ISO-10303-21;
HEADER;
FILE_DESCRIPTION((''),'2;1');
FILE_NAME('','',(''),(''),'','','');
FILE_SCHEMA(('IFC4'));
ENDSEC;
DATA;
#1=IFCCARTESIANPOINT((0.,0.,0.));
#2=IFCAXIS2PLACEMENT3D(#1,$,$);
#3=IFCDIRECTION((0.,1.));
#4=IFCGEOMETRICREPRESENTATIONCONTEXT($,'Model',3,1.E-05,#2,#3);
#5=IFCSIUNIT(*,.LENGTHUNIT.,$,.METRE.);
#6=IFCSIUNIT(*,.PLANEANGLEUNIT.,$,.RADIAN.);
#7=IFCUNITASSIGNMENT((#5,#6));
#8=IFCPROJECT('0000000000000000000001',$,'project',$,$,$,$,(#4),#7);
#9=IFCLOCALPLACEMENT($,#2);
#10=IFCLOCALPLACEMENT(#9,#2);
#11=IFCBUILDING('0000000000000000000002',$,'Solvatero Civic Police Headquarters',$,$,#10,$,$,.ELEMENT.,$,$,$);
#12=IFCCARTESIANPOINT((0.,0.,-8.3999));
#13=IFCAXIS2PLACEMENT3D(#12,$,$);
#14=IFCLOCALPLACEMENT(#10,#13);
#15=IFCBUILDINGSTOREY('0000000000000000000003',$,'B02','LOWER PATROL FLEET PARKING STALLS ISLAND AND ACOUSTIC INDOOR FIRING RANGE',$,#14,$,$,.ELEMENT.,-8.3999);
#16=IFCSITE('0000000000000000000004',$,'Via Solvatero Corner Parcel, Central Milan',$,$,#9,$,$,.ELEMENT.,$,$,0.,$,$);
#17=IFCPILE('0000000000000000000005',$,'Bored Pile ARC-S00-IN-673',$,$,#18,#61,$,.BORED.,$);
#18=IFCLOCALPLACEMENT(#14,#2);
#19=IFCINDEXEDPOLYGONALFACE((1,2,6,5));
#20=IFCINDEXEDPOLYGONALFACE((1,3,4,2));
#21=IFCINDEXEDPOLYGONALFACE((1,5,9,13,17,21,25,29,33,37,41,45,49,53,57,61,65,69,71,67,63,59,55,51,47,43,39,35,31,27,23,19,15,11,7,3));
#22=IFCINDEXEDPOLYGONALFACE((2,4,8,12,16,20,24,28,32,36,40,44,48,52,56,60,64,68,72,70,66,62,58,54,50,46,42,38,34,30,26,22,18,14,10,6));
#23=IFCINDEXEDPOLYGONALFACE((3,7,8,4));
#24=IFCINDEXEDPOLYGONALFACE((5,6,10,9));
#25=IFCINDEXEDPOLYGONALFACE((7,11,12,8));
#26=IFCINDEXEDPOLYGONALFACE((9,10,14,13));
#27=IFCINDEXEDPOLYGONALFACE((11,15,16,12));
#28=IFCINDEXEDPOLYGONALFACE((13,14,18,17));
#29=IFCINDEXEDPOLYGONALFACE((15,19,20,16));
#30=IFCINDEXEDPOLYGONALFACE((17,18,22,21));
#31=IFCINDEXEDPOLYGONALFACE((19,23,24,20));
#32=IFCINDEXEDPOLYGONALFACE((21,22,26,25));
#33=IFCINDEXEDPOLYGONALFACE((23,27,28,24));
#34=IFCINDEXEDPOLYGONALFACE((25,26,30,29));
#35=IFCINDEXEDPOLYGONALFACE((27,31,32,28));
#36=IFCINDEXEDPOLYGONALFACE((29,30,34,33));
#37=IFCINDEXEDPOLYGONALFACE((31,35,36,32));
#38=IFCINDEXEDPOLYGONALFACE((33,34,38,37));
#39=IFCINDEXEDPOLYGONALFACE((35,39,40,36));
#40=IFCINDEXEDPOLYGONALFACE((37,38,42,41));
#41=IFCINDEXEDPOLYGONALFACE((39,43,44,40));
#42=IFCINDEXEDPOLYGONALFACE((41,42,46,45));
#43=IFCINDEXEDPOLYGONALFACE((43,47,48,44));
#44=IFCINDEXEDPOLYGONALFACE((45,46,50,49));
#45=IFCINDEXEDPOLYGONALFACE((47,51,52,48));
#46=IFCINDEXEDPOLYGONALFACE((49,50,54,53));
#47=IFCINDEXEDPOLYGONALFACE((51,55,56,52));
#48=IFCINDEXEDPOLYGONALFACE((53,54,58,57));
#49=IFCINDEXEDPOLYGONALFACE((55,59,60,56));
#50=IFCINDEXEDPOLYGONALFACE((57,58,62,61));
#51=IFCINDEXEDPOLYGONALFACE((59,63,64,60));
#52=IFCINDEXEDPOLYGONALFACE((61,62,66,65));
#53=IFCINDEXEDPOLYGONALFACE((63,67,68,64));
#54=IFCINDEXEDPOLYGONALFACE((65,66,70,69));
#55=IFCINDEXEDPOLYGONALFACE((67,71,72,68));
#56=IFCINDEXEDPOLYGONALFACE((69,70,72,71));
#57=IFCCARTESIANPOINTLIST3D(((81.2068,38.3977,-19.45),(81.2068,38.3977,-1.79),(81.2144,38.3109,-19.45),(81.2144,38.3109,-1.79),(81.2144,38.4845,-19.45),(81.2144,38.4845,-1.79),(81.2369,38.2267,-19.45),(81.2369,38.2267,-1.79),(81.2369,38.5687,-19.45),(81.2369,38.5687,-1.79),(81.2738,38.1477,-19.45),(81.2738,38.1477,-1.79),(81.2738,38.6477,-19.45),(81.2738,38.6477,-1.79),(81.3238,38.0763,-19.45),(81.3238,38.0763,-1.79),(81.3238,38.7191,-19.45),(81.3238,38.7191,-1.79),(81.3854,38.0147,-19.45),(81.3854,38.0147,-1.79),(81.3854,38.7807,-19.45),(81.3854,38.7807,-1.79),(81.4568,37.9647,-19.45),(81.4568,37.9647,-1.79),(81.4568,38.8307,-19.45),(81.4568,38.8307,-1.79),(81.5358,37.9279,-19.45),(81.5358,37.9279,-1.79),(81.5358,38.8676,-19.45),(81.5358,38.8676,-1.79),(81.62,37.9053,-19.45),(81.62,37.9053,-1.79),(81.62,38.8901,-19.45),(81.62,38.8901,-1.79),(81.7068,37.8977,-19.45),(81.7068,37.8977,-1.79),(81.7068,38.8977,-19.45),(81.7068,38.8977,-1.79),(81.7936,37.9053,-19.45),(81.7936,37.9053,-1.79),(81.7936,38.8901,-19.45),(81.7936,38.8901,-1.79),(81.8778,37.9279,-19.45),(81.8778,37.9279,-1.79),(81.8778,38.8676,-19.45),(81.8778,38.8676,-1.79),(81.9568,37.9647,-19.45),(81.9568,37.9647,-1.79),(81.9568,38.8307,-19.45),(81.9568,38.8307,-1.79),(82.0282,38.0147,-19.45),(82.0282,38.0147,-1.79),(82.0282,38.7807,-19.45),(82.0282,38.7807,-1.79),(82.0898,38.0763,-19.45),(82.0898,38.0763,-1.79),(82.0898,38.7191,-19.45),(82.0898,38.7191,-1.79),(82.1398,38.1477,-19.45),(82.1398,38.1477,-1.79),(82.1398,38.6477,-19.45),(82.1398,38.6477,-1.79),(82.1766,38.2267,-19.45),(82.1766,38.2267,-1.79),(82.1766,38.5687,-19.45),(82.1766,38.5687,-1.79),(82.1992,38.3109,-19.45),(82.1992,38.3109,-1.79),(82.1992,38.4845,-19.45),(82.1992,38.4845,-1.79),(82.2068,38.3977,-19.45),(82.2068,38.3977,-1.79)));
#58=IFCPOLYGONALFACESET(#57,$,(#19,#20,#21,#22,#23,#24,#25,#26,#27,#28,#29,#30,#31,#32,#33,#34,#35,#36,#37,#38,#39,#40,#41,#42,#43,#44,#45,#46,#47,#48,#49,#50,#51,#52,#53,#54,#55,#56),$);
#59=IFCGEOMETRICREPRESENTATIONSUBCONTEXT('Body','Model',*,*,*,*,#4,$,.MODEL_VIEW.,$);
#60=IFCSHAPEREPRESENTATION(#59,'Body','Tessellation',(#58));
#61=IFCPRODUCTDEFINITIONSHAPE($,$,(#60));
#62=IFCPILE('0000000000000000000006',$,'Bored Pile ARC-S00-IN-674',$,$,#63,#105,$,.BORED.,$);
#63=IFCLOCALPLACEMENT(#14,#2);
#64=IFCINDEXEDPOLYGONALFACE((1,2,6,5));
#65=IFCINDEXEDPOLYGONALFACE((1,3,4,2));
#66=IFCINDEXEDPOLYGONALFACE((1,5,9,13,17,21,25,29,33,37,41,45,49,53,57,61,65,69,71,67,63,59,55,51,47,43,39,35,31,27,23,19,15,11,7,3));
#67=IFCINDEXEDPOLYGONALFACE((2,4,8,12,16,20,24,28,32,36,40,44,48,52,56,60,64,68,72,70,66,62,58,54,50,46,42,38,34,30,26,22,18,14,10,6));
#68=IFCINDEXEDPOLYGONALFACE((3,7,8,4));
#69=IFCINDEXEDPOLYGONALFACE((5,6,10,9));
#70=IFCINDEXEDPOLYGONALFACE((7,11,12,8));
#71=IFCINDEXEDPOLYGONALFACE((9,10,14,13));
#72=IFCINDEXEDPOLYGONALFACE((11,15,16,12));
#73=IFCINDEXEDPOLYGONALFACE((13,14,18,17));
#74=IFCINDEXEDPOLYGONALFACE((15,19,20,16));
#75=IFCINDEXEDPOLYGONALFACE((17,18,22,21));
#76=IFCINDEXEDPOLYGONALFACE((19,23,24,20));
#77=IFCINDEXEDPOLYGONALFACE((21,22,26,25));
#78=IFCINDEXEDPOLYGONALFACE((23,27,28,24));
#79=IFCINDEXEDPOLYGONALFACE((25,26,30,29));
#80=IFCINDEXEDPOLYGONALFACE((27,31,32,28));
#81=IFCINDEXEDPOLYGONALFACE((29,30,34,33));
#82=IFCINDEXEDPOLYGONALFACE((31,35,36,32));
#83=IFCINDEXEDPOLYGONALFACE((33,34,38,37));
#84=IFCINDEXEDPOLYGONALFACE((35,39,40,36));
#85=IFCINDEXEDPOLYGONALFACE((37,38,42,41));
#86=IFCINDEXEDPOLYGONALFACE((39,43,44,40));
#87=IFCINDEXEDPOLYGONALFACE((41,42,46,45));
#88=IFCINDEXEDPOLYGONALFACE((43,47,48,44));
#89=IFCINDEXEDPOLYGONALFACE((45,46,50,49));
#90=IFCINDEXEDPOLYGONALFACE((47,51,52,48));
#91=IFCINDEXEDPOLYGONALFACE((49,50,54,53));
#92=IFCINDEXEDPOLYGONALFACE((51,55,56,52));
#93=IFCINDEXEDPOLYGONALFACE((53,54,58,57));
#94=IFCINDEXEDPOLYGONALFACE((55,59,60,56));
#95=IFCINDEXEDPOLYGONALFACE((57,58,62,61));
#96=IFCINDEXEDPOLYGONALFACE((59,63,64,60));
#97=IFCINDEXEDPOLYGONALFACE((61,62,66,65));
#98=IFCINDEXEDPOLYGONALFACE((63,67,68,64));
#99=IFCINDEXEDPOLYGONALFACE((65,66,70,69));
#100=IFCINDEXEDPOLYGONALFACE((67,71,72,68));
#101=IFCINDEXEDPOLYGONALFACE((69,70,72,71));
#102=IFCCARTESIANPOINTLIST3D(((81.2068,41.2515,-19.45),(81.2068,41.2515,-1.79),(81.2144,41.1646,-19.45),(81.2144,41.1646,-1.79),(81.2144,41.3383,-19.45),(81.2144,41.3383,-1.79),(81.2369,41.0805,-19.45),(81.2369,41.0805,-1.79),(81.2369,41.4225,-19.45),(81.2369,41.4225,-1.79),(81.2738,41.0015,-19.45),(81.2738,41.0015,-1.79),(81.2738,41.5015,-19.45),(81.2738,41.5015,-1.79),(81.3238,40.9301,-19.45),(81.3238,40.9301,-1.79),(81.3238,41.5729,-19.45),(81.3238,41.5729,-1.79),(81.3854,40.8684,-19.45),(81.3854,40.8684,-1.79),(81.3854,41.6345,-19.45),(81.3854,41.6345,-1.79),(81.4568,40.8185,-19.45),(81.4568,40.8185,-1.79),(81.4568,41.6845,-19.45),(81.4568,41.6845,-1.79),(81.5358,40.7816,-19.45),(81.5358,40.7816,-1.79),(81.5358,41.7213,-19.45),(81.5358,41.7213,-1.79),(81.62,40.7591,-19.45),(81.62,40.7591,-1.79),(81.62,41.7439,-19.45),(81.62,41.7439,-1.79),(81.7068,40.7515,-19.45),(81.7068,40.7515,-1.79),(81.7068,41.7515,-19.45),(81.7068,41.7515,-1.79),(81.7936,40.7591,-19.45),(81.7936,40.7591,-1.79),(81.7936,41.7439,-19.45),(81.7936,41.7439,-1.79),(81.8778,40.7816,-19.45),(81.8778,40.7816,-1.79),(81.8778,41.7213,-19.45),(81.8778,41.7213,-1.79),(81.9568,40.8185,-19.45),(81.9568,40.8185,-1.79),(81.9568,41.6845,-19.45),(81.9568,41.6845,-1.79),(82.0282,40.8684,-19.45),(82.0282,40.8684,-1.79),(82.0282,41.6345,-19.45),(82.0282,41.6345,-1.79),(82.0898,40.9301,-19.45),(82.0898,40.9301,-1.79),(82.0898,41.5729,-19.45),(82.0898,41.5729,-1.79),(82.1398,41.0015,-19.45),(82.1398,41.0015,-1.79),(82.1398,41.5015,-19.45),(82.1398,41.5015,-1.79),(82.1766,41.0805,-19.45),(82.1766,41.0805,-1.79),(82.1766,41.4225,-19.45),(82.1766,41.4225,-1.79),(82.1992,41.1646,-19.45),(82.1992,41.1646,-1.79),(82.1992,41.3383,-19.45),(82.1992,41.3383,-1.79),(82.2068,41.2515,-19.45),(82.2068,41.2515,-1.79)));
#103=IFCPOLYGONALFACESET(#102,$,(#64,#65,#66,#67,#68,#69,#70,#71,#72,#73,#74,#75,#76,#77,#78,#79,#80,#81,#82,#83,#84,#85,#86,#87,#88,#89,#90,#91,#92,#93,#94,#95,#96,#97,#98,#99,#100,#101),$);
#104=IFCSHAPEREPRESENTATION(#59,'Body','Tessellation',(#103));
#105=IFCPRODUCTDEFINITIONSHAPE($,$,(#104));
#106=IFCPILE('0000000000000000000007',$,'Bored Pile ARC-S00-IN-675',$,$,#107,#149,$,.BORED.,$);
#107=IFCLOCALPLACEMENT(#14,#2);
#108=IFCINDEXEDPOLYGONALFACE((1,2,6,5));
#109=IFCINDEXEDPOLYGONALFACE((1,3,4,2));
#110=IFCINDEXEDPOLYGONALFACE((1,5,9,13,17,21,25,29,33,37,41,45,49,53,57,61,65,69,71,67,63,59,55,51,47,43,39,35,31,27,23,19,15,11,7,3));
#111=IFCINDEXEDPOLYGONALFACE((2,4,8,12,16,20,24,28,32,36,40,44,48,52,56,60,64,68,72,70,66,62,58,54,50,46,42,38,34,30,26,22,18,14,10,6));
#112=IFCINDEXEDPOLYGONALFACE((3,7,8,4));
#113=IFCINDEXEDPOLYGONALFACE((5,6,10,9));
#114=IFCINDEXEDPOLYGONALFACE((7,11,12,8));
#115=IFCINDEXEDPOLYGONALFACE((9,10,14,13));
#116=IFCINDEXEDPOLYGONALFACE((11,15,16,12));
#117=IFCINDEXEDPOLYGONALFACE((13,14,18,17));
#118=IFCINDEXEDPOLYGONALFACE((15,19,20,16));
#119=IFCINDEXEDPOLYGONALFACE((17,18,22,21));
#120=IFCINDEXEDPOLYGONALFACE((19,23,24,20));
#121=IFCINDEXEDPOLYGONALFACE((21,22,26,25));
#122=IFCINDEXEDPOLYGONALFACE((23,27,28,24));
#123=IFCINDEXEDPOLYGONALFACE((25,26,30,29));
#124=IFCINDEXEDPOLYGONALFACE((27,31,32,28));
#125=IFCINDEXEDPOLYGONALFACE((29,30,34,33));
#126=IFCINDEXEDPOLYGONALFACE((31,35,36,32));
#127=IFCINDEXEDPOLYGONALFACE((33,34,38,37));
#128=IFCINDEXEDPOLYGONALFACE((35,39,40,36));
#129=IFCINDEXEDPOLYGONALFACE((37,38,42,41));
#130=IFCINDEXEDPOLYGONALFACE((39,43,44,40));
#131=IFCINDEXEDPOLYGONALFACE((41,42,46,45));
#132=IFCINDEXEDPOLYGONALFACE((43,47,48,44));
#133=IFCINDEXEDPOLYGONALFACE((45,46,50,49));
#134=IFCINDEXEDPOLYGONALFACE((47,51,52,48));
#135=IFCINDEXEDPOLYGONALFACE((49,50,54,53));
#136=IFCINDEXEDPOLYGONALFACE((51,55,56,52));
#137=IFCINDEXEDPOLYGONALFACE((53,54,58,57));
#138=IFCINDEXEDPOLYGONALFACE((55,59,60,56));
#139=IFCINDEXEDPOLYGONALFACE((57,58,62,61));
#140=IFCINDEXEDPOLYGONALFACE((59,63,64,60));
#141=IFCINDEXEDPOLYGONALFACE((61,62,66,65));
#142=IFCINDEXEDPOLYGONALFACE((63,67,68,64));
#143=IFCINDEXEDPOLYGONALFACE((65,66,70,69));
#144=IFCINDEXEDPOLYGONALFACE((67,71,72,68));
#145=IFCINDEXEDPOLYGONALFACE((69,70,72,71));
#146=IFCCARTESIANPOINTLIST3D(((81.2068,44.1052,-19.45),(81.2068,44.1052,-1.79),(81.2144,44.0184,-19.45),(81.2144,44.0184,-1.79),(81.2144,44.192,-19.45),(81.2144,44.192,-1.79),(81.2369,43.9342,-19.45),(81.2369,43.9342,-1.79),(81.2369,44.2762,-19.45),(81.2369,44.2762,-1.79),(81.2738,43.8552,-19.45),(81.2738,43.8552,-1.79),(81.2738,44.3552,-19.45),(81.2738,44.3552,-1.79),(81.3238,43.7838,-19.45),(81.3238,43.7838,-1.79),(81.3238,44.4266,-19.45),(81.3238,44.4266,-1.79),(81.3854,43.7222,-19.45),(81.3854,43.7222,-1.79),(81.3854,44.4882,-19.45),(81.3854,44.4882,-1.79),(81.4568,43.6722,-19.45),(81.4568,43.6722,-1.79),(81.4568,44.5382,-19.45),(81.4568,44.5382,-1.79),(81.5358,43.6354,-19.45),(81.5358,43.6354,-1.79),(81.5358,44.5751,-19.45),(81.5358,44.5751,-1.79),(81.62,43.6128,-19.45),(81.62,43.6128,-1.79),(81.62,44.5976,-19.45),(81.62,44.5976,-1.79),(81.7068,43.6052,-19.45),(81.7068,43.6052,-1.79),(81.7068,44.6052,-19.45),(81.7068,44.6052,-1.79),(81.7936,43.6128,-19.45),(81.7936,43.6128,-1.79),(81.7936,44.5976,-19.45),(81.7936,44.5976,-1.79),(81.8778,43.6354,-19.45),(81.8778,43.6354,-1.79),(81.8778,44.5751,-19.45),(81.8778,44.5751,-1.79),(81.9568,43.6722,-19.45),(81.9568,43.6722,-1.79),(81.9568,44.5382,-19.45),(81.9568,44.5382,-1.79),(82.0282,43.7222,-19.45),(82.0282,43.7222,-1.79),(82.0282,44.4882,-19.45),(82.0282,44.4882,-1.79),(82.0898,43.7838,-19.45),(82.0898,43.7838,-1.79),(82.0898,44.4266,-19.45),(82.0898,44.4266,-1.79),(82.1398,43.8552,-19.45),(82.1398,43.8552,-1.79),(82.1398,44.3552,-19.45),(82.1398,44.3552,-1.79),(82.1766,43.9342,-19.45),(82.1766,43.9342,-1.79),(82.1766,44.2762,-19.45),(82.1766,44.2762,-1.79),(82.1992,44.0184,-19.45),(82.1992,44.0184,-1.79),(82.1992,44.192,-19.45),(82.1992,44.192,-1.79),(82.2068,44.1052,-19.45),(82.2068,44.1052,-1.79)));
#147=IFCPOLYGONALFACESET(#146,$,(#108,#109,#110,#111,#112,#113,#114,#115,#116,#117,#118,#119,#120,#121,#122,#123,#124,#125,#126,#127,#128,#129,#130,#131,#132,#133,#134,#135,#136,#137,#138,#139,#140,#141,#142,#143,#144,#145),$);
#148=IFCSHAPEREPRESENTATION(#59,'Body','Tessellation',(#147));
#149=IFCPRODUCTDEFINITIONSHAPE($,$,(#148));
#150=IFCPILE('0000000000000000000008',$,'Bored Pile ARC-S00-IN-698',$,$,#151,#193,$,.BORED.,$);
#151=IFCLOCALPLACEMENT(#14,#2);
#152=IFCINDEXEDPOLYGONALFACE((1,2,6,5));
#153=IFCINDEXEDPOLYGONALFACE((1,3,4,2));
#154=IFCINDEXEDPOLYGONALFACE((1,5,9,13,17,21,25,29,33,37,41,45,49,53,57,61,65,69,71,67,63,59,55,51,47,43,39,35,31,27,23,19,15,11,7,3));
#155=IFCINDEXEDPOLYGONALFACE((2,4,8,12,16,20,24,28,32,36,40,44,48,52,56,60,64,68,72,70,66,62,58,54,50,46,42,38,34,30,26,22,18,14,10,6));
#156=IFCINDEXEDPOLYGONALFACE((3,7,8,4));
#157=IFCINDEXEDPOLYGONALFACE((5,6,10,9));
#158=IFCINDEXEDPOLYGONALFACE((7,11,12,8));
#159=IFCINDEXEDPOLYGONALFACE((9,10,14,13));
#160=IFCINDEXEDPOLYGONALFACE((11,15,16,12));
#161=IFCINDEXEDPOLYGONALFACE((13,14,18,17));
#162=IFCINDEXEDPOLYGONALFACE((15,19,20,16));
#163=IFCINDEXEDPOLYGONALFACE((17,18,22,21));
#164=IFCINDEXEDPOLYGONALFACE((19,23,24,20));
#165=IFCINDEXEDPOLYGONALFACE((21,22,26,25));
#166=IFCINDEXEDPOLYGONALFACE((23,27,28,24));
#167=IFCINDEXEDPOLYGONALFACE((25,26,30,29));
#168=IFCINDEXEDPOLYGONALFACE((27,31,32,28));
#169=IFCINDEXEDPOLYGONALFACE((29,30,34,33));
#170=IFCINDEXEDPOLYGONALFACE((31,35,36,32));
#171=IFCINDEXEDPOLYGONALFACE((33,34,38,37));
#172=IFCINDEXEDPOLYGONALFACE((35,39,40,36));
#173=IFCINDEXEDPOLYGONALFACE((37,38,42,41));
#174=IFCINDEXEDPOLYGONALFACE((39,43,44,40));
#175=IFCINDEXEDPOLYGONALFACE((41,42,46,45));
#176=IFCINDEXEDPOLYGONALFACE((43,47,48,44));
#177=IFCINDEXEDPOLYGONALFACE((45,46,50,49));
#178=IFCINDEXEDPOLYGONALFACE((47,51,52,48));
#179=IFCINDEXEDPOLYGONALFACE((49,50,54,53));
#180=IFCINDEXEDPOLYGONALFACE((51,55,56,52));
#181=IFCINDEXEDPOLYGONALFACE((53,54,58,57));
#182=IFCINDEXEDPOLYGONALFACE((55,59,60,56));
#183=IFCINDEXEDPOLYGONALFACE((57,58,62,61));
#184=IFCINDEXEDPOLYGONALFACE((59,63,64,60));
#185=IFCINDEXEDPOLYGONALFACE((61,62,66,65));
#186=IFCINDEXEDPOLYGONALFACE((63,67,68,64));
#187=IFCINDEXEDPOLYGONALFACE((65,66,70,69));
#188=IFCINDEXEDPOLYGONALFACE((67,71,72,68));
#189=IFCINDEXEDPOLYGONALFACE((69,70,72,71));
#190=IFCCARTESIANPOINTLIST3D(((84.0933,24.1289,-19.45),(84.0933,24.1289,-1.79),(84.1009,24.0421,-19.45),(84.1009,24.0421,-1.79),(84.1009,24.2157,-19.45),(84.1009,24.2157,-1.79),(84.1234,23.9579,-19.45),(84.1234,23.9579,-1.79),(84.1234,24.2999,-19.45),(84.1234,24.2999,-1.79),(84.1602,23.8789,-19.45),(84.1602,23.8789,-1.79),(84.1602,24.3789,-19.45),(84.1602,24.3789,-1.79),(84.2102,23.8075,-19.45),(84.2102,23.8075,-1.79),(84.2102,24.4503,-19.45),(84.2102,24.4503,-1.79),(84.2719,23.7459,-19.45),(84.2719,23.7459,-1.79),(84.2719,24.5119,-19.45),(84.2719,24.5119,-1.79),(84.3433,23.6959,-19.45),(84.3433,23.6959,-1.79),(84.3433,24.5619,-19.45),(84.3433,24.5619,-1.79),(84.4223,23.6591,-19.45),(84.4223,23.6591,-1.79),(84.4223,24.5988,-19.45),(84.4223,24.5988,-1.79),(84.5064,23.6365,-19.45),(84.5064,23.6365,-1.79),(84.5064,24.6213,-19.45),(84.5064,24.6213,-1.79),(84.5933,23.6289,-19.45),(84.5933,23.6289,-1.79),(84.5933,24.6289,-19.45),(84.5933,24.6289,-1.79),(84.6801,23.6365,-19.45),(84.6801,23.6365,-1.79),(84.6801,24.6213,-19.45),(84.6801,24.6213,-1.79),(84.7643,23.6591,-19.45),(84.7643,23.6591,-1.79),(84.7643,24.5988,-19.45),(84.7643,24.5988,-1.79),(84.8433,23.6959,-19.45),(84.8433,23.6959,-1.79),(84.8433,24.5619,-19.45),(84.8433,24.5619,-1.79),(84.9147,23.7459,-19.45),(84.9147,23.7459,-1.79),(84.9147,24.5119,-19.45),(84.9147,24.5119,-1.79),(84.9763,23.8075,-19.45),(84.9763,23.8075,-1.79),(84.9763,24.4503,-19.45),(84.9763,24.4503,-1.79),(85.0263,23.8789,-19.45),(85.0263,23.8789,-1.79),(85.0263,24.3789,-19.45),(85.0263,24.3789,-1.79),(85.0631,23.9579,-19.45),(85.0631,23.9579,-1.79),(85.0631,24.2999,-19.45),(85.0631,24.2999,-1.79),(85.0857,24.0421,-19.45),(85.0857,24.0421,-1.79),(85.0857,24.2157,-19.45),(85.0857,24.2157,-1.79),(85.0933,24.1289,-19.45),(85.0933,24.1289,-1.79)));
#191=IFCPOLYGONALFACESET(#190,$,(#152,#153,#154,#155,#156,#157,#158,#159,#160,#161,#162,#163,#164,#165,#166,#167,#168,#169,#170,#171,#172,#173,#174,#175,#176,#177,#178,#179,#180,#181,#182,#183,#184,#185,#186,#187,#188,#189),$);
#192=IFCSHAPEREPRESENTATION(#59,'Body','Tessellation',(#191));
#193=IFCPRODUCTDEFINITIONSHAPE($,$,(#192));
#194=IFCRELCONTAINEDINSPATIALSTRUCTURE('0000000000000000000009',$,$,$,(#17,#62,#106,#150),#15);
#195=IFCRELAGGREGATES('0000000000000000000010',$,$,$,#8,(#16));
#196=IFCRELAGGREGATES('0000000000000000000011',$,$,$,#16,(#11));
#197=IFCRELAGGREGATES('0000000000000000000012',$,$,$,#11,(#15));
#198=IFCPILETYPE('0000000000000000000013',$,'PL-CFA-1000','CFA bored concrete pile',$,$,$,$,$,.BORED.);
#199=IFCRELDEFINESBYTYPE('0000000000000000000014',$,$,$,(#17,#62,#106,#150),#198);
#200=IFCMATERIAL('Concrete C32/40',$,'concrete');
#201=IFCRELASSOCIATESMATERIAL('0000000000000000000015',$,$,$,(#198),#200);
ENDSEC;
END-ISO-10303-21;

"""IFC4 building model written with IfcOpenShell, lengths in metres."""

from ifc_helpers import new_model, si_unit, direction, frame, origin, origin_2d, place, context, subcontext, project, spatial, circle, extrude, material, material_profile, profile_set, type_object, element, save


model = new_model("IFC4")

# Units and contexts
model_context = context("Model", 3, precision=1e-05, world=origin(), true_north=direction((0.0, 1.0)))
body_context = subcontext(model_context, "Body", "Model", "MODEL_VIEW")
ifc_project = project(units=[si_unit("LENGTHUNIT", "METRE"), si_unit("PLANEANGLEUNIT", "RADIAN")], contexts=[model_context])

# Site, building, storey
site_placement = place(None, origin())
site = spatial("IfcSite", under=ifc_project, at=site_placement, Name="Via Solvatero Corner Parcel, Central Milan", CompositionType="ELEMENT", RefElevation=0.0)
building_placement = place(site_placement, origin())
building = spatial("IfcBuilding", under=site, at=building_placement, Name="Solvatero Civic Police Headquarters", CompositionType="ELEMENT")
storey_placement = place(building_placement, frame((0.0, 0.0, -8.3999)))
storey = spatial("IfcBuildingStorey", under=building, at=storey_placement, Name="B02", Description="LOWER PATROL FLEET PARKING STALLS ISLAND AND ACOUSTIC INDOOR FIRING RANGE", CompositionType="ELEMENT", Elevation=-8.3999)

# Piles
ifc_material_1 = material(Name="Concrete C32/40", Category="concrete")
ifc_material_profile_1 = material_profile(ifc_material_1, circle(Radius=0.5, at=origin_2d()), Name="CFA PILE D1000")
ifc_profile_set_1 = profile_set([ifc_material_profile_1], Name="Concrete C32/40")
pile_type = type_object("IfcPileType", Name="PL-CFA-1000", Description="CFA bored concrete pile", PredefinedType="BORED", material=ifc_profile_set_1)
for number, where, z_axis, x_axis, name in (
    (1, (81.7068, 38.3977, -1.79), (0.0, 0.0, -1.0), (1.0, 0.0, 0.0), "Bored Pile ARC-S00-IN-673"),
    (2, (81.7068, 41.2515, -1.79), (0.0, 0.0, -1.0), (1.0, 0.0, 0.0), "Bored Pile ARC-S00-IN-674"),
    (3, (81.7068, 44.1052, -1.79), (0.0, 0.0, -1.0), (1.0, 0.0, 0.0), "Bored Pile ARC-S00-IN-675"),
    (4, (84.5933, 24.1289, -1.79), (0.0, 0.0, -1.0), (1.0, 0.0, 0.0), "Bored Pile ARC-S00-IN-698"),
):
    element("IfcPile", number, at=place(storey_placement, frame(where, z_axis=z_axis, x_axis=x_axis)), inside=storey, type_object=pile_type, Name=name, PredefinedType="BORED", context=body_context, shape_type="SweptSolid", body=[
        extrude(circle(Radius=0.5, at=origin_2d()), origin(), (0.0, 0.0, 1.0), 17.6599),
    ])

save(model, "model.ifc")
